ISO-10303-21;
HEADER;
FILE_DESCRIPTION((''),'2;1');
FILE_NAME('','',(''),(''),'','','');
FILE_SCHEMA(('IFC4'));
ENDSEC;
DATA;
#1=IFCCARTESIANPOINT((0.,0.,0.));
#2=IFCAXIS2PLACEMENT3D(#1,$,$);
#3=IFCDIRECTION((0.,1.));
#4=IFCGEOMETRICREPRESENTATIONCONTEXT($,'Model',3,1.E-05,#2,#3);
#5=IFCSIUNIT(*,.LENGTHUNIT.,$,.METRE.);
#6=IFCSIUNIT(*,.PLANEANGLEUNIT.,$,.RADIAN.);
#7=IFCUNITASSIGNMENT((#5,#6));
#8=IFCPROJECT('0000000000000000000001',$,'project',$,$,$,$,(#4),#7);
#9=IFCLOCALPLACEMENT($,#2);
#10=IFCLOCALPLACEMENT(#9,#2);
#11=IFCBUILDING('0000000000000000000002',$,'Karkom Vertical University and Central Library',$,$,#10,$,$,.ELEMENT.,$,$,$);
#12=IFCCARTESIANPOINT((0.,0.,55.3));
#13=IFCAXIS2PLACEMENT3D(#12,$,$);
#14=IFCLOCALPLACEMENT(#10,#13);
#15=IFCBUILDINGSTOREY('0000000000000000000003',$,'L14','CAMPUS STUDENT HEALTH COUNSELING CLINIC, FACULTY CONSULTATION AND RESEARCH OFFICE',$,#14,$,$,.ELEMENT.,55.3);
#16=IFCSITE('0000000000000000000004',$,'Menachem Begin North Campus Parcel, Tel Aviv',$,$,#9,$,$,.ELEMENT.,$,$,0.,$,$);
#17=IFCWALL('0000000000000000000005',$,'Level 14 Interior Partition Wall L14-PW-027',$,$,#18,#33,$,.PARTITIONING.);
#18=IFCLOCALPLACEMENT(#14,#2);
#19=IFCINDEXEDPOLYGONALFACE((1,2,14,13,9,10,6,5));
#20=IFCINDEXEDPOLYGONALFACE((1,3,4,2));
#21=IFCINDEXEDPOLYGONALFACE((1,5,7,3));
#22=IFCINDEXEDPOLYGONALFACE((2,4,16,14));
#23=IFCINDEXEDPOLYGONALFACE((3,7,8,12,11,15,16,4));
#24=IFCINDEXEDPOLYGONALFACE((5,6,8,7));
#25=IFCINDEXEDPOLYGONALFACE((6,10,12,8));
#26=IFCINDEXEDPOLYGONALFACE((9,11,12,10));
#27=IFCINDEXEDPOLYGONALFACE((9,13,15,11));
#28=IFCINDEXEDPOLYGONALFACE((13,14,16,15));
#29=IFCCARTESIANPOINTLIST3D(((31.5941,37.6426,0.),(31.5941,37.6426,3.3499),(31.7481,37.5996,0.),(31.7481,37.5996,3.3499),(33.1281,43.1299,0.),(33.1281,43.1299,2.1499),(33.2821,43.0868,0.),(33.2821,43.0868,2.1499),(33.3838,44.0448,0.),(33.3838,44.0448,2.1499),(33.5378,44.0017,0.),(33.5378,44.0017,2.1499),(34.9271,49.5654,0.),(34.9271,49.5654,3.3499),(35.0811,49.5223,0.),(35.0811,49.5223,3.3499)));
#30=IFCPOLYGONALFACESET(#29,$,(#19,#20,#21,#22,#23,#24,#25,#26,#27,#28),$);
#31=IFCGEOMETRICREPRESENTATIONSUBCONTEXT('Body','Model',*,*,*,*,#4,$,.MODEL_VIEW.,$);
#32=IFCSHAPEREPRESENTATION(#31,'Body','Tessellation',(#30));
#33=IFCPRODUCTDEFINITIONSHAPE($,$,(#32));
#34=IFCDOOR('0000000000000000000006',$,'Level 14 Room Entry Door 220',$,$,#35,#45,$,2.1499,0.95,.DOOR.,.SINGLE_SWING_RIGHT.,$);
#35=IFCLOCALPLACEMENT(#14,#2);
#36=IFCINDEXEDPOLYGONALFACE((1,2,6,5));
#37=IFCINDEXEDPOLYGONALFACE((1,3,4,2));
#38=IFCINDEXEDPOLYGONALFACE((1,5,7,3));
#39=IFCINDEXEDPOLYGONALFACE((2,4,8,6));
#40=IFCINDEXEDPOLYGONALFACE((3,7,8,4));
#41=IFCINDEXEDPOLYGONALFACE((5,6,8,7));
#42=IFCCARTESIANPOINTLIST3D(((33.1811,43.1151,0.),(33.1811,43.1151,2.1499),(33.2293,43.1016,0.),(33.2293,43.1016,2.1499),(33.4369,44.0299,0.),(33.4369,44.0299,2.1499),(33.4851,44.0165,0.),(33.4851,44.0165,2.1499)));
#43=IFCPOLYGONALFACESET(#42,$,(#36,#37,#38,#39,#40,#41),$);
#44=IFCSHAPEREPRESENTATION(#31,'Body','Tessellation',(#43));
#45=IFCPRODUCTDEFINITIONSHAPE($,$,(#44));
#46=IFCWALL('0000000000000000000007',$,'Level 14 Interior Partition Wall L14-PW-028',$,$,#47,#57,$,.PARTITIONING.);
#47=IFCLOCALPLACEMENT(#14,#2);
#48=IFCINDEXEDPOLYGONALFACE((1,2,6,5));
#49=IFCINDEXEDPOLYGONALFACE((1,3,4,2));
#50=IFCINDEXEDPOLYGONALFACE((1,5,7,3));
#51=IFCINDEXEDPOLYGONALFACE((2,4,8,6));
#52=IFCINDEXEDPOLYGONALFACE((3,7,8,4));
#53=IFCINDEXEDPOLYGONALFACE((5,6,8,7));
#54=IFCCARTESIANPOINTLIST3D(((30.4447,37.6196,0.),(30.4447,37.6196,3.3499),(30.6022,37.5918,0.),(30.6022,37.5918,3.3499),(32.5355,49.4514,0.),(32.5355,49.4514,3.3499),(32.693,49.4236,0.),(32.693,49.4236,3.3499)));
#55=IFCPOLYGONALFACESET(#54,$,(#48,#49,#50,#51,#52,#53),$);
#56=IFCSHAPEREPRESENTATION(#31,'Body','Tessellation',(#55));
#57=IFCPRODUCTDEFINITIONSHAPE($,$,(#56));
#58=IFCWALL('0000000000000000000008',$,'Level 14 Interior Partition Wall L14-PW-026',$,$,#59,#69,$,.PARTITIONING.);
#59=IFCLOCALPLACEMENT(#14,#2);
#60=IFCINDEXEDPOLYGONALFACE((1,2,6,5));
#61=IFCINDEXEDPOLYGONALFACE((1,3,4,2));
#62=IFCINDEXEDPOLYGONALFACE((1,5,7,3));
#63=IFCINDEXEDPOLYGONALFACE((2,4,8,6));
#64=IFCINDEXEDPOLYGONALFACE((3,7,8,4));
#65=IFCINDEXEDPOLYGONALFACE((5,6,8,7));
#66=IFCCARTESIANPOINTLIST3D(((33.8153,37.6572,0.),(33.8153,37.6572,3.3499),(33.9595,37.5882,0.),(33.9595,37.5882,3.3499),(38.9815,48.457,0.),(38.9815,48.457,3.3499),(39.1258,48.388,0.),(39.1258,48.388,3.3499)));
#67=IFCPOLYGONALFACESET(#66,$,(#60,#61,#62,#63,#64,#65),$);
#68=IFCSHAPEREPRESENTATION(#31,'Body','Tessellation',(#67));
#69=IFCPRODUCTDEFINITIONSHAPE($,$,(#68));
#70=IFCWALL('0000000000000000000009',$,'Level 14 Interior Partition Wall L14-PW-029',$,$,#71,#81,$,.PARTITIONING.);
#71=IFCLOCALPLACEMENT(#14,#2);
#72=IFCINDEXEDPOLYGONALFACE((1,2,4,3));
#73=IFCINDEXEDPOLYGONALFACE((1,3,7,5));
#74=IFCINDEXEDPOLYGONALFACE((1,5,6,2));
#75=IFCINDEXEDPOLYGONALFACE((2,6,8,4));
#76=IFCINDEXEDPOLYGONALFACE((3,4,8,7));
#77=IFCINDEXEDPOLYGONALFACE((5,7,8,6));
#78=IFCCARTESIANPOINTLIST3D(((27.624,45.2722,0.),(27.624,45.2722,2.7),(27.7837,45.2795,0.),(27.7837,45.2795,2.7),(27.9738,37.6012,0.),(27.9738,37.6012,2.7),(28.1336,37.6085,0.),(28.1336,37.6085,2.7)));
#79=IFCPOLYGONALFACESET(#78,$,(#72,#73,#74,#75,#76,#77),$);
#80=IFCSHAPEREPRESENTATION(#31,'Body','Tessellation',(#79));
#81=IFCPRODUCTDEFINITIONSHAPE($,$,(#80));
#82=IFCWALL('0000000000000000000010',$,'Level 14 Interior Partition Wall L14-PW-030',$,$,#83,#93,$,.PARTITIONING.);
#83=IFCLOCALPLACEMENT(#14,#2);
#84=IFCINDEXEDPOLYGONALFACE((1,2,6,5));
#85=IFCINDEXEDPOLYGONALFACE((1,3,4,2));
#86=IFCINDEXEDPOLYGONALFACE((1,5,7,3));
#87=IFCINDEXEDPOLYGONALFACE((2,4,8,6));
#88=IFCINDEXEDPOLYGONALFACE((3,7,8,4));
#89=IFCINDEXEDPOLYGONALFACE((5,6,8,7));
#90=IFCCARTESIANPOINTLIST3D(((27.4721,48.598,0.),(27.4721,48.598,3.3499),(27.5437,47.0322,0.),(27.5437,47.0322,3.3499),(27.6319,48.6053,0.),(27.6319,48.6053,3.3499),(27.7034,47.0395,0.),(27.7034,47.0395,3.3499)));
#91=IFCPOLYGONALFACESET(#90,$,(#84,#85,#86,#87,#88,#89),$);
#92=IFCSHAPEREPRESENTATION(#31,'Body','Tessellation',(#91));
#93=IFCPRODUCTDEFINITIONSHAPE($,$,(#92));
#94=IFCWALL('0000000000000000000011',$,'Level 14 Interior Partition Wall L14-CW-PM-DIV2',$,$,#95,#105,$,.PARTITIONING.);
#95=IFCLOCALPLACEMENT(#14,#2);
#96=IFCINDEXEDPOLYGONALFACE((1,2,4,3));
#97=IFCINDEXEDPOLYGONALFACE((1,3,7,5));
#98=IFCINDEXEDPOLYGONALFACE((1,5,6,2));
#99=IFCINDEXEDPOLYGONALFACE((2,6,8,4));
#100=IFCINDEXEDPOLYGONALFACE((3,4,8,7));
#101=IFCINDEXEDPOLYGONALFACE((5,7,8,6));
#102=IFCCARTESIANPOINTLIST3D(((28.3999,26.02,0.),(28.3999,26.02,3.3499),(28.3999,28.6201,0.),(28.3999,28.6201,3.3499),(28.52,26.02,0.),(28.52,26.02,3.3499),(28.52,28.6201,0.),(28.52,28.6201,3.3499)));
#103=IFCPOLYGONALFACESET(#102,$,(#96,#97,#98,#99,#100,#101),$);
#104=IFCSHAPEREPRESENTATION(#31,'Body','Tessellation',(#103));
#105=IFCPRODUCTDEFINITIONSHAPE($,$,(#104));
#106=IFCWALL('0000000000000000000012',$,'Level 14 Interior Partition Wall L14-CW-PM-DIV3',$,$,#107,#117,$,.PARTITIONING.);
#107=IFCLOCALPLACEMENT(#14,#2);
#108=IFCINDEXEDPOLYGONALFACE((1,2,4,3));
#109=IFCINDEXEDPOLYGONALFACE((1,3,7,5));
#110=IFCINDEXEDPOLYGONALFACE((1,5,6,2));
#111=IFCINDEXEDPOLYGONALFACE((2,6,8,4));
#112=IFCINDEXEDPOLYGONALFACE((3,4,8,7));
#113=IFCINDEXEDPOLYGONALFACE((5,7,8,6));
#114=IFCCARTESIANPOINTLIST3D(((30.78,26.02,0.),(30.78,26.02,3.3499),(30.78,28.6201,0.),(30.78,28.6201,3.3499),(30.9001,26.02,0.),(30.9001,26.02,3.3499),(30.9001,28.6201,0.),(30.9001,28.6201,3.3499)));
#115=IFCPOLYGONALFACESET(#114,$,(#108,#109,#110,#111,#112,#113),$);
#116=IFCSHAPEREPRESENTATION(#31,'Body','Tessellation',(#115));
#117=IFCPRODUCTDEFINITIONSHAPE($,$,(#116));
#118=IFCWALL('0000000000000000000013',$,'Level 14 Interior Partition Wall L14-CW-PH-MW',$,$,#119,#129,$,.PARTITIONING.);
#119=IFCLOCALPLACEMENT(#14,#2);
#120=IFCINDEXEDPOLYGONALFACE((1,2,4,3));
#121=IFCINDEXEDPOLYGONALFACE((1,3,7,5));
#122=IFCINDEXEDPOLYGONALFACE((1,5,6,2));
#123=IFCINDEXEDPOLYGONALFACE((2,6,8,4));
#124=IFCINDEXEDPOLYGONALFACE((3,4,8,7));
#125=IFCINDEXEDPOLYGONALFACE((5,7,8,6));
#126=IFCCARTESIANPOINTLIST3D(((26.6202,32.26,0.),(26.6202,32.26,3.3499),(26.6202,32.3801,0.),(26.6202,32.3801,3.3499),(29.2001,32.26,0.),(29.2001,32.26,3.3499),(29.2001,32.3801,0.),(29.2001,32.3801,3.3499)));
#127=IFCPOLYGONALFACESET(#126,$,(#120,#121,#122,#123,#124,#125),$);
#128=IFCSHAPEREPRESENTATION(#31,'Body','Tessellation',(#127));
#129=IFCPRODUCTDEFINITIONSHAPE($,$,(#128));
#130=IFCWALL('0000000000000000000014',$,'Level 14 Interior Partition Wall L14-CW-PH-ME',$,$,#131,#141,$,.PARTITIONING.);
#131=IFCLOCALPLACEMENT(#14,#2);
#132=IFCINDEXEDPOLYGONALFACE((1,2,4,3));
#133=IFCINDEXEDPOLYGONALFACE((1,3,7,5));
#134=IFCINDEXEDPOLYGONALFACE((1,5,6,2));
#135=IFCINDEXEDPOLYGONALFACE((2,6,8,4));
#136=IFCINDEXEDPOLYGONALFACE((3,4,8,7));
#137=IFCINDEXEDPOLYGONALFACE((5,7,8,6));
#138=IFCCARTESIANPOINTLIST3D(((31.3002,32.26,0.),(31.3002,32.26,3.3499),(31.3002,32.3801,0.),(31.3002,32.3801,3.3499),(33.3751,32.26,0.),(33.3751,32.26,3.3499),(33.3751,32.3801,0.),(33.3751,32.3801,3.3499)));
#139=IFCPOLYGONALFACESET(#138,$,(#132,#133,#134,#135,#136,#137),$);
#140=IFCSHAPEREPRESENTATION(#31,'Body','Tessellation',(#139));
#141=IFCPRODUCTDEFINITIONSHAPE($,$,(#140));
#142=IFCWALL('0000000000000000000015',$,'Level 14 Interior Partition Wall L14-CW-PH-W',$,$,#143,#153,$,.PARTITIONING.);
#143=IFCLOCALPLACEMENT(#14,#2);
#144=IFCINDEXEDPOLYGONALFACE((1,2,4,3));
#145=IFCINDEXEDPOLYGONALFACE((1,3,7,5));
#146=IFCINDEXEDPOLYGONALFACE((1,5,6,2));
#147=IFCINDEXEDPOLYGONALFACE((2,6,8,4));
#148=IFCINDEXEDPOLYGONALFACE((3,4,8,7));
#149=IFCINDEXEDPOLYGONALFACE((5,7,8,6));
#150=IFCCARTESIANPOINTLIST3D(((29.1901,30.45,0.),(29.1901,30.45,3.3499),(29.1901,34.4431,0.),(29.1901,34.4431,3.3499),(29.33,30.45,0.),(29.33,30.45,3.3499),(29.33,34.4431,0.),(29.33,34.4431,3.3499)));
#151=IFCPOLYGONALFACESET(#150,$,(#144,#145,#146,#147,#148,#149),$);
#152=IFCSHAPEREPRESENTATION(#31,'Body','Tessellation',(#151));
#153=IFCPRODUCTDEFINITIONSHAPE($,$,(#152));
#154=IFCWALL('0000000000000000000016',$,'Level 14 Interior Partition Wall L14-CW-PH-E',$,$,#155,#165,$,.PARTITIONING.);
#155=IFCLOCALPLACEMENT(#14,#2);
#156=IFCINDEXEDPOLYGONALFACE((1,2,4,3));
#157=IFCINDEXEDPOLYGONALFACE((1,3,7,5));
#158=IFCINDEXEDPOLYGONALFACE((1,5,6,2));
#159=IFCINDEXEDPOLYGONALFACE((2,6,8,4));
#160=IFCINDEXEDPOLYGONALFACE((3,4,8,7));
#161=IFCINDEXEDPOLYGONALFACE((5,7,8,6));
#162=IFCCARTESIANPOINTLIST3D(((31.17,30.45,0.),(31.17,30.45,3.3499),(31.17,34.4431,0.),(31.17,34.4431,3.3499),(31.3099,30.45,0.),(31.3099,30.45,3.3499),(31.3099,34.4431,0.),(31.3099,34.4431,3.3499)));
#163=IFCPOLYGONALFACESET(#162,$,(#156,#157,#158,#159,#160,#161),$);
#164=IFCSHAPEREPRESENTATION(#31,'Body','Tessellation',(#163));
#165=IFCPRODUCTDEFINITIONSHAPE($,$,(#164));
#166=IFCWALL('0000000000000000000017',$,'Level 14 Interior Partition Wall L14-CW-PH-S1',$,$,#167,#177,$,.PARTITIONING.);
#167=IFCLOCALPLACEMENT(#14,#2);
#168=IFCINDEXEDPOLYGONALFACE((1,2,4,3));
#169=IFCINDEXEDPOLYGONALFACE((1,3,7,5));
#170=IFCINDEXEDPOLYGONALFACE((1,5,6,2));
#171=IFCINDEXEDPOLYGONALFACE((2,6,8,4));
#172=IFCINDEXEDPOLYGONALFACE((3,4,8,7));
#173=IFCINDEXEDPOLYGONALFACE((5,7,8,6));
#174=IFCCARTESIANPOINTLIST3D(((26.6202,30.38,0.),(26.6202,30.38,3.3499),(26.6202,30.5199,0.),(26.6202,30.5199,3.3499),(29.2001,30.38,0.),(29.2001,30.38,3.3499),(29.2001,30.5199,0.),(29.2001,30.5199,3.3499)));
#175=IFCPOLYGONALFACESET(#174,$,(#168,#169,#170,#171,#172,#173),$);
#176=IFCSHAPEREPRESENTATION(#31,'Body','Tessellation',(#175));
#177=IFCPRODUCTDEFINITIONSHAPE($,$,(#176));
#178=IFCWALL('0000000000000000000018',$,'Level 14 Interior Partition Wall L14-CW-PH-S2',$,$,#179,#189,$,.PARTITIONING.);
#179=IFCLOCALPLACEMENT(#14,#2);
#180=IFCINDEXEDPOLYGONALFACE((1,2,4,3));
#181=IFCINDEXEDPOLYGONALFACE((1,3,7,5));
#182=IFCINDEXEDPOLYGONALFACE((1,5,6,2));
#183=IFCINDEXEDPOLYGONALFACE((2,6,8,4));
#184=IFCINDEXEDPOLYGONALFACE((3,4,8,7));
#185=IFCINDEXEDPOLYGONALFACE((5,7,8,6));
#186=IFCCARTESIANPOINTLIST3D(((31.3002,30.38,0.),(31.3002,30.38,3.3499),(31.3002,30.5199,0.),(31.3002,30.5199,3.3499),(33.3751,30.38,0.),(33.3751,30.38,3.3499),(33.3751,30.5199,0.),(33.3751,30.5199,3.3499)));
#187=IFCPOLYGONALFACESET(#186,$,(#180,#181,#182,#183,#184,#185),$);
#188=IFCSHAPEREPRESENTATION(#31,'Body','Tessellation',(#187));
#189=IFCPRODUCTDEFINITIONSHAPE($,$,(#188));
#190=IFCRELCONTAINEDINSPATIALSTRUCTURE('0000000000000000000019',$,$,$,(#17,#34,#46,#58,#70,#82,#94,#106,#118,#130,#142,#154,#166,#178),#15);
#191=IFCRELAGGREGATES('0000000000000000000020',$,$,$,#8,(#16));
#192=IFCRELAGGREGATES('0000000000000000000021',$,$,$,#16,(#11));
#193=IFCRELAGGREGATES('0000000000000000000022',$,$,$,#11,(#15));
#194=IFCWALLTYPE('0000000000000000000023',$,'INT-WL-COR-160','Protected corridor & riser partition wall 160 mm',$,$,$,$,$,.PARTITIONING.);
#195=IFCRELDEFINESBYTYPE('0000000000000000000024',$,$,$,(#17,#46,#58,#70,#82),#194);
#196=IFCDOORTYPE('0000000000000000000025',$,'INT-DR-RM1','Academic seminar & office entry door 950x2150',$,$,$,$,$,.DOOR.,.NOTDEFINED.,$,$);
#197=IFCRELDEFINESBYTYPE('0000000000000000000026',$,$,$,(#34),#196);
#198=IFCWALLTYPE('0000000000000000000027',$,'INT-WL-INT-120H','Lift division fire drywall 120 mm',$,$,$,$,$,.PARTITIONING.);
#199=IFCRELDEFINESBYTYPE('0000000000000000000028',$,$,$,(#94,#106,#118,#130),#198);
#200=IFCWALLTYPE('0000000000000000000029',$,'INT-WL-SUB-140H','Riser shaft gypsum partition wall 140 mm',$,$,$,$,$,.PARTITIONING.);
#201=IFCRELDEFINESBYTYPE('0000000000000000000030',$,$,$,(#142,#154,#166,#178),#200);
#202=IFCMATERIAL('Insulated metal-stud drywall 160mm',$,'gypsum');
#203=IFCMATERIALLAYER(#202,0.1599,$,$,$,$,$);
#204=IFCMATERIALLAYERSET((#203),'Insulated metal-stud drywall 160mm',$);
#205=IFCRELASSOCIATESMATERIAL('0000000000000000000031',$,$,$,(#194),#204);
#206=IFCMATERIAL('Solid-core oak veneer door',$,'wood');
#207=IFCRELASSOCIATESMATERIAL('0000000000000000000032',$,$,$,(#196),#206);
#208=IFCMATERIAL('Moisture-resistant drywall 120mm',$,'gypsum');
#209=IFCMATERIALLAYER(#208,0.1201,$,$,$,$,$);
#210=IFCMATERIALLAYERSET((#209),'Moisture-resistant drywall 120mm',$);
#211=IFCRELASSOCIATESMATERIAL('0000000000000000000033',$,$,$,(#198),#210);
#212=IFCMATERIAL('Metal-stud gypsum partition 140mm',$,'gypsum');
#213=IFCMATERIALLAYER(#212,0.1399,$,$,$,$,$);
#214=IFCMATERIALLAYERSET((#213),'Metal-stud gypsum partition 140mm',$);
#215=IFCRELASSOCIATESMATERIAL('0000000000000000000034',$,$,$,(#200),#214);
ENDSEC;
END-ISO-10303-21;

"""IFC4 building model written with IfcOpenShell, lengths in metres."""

from ifc_helpers import new_model, si_unit, direction, frame, frame_2d, origin, origin_with_axes, place, context, subcontext, project, spatial, rectangle, extrude, source, transform, mapped, material, layer, layer_set, type_object, element, fill, save


model = new_model("IFC4")

# Units and contexts
model_context = context("Model", 3, precision=1e-05, world=origin(), true_north=direction((0.0, 1.0)))
body_context = subcontext(model_context, "Body", "Model", "MODEL_VIEW")
ifc_project = project(units=[si_unit("LENGTHUNIT", "METRE"), si_unit("PLANEANGLEUNIT", "RADIAN")], contexts=[model_context])

# Site, building, storey
site_placement = place(None, origin())
site = spatial("IfcSite", under=ifc_project, at=site_placement, Name="Menachem Begin North Campus Parcel, Tel Aviv", CompositionType="ELEMENT", RefElevation=0.0)
building_placement = place(site_placement, origin())
building = spatial("IfcBuilding", under=site, at=building_placement, Name="Karkom Vertical University and Central Library", CompositionType="ELEMENT")
storey_placement = place(building_placement, frame((0.0, 0.0, 55.3)))
storey = spatial("IfcBuildingStorey", under=building, at=storey_placement, Name="L14", Description="CAMPUS STUDENT HEALTH COUNSELING CLINIC, FACULTY CONSULTATION AND RESEARCH OFFICE", CompositionType="ELEMENT", Elevation=55.3)

# Wall, opening, door
ifc_material_1 = material(Name="Insulated metal-stud drywall 160mm", Category="gypsum")
ifc_layer_1 = layer(ifc_material_1, 0.1599)
ifc_layer_set_1 = layer_set([ifc_layer_1], Name="Insulated metal-stud drywall 160mm")
wall_type_1 = type_object("IfcWallType", Name="INT-WL-COR-160", Description="Protected corridor & riser partition wall 160 mm", PredefinedType="PARTITIONING", material=ifc_layer_set_1)
wall_1_placement = place(storey_placement, frame((31.6711, 37.6211, 0.0), z_axis=(0.0, 0.0, 1.0), x_axis=(0.269226, 0.963077, 0.0)))
wall_1 = element("IfcWall", 1, at=wall_1_placement, inside=storey, type_object=wall_type_1, Name="Level 14 Interior Partition Wall L14-PW-027", PredefinedType="PARTITIONING", context=body_context, shape_type="SweptSolid", body=[
    extrude(rectangle(XDim=12.3799, YDim=0.1599, at=frame_2d((6.1899, 0.0))), origin(), (0.0, 0.0, 1.0), 3.3499),
])
opening_1_placement = place(wall_1_placement, frame((5.6975, 0.0, 0.0)))
opening_1 = element("IfcOpeningElement", 2, at=opening_1_placement, cuts=wall_1, PredefinedType="OPENING", context=body_context, shape_type="SweptSolid", body=[
    extrude(rectangle(XDim=0.95, YDim=2.1499, at=frame_2d((0.4751, 1.075))), frame((0.0, 0.0898, 0.0), z_axis=(0.0, -1.0, 0.0), x_axis=(1.0, 0.0, 0.0)), (0.0, 0.0, 1.0), 0.1799),
])
ifc_material_2 = material(Name="Solid-core oak veneer door", Category="wood")
door_type_1 = type_object("IfcDoorType", Name="INT-DR-RM1", Description="Academic seminar & office entry door 950x2150", OperationType="NOTDEFINED", PredefinedType="DOOR", material=ifc_material_2)
shared_shape_1 = source(origin_with_axes(), body_context, "Body", "SweptSolid", [
    extrude(rectangle(XDim=0.95, YDim=2.1499, at=frame_2d((0.4751, 1.075))), frame((0.0, 0.0249, 0.0), z_axis=(0.0, -1.0, 0.0), x_axis=(1.0, 0.0, 0.0)), (0.0, 0.0, 1.0), 0.05),
])
door_1_placement = place(opening_1_placement, origin())
door_1 = element("IfcDoor", 3, at=door_1_placement, inside=storey, type_object=door_type_1, Name="Level 14 Room Entry Door 220", OperationType="SINGLE_SWING_RIGHT", OverallHeight=2.1499, OverallWidth=0.95, PredefinedType="DOOR", context=body_context, shape_type="MappedRepresentation", body=[
    mapped(shared_shape_1, transform((0.0, 0.0, 0.0), scale=1.0)),
])
fill(opening_1, door_1)

# Walls
wall_2_placement = place(storey_placement, frame((30.5234, 37.6057, 0.0), z_axis=(0.0, 0.0, 1.0), x_axis=(0.174016, 0.984743, 0.0)))
element("IfcWall", 4, at=wall_2_placement, inside=storey, type_object=wall_type_1, Name="Level 14 Interior Partition Wall L14-PW-028", PredefinedType="PARTITIONING", context=body_context, shape_type="SweptSolid", body=[
    extrude(rectangle(XDim=12.0151, YDim=0.1599, at=frame_2d((6.0076, 0.0))), origin(), (0.0, 0.0, 1.0), 3.3499),
])
wall_3_placement = place(storey_placement, frame((33.8875, 37.6228, 0.0), z_axis=(0.0, 0.0, 1.0), x_axis=(0.431533, 0.902097, 0.0)))
element("IfcWall", 5, at=wall_3_placement, inside=storey, type_object=wall_type_1, Name="Level 14 Interior Partition Wall L14-PW-026", PredefinedType="PARTITIONING", context=body_context, shape_type="SweptSolid", body=[
    extrude(rectangle(XDim=11.9719, YDim=0.1599, at=frame_2d((5.9858, 0.0))), origin(), (0.0, 0.0, 1.0), 3.3499),
])
wall_4_placement = place(storey_placement, frame((28.0537, 37.605, 0.0), z_axis=(0.0, 0.0, 1.0), x_axis=(-0.045561, 0.998962, 0.0)))
element("IfcWall", 6, at=wall_4_placement, inside=storey, type_object=wall_type_1, Name="Level 14 Interior Partition Wall L14-PW-029", PredefinedType="PARTITIONING", context=body_context, shape_type="SweptSolid", body=[
    extrude(rectangle(XDim=7.679, YDim=0.1599, at=frame_2d((3.8394, 0.0))), origin(), (0.0, 0.0, 1.0), 2.7),
])
wall_5_placement = place(storey_placement, frame((27.6235, 47.0359, 0.0), z_axis=(0.0, 0.0, 1.0), x_axis=(-0.045641, 0.998958, 0.0)))
element("IfcWall", 7, at=wall_5_placement, inside=storey, type_object=wall_type_1, Name="Level 14 Interior Partition Wall L14-PW-030", PredefinedType="PARTITIONING", context=body_context, shape_type="SweptSolid", body=[
    extrude(rectangle(XDim=1.5674, YDim=0.1599, at=frame_2d((0.7837, 0.0))), origin(), (0.0, 0.0, 1.0), 3.3499),
])
ifc_material_3 = material(Name="Moisture-resistant drywall 120mm", Category="gypsum")
ifc_layer_2 = layer(ifc_material_3, 0.1201)
ifc_layer_set_2 = layer_set([ifc_layer_2], Name="Moisture-resistant drywall 120mm")
wall_type_2 = type_object("IfcWallType", Name="INT-WL-INT-120H", Description="Lift division fire drywall 120 mm", PredefinedType="PARTITIONING", material=ifc_layer_set_2)
for number, where, z_axis, x_axis, name in (
    (8, (28.46, 26.02, 0.0), (0.0, 0.0, 1.0), (0.0, 1.0, 0.0), "Level 14 Interior Partition Wall L14-CW-PM-DIV2"),
    (9, (30.8401, 26.02, 0.0), (0.0, 0.0, 1.0), (0.0, 1.0, 0.0), "Level 14 Interior Partition Wall L14-CW-PM-DIV3"),
):
    element("IfcWall", number, at=place(storey_placement, frame(where, z_axis=z_axis, x_axis=x_axis)), inside=storey, type_object=wall_type_2, Name=name, PredefinedType="PARTITIONING", context=body_context, shape_type="SweptSolid", body=[
        extrude(rectangle(XDim=2.6001, YDim=0.1201, at=frame_2d((1.3, 0.0))), origin(), (0.0, 0.0, 1.0), 3.3499),
    ])
wall_6_placement = place(storey_placement, frame((26.6201, 32.3201, 0.0), z_axis=(0.0, 0.0, 1.0), x_axis=(1.0, 0.0, 0.0)))
element("IfcWall", 10, at=wall_6_placement, inside=storey, type_object=wall_type_2, Name="Level 14 Interior Partition Wall L14-CW-PH-MW", PredefinedType="PARTITIONING", context=body_context, shape_type="SweptSolid", body=[
    extrude(rectangle(XDim=2.5798, YDim=0.1201, at=frame_2d((1.29, 0.0))), origin(), (0.0, 0.0, 1.0), 3.3499),
])
wall_7_placement = place(storey_placement, frame((31.3, 32.3201, 0.0), z_axis=(0.0, 0.0, 1.0), x_axis=(1.0, 0.0, 0.0)))
element("IfcWall", 11, at=wall_7_placement, inside=storey, type_object=wall_type_2, Name="Level 14 Interior Partition Wall L14-CW-PH-ME", PredefinedType="PARTITIONING", context=body_context, shape_type="SweptSolid", body=[
    extrude(rectangle(XDim=2.075, YDim=0.1201, at=frame_2d((1.0376, 0.0))), origin(), (0.0, 0.0, 1.0), 3.3499),
])
ifc_material_4 = material(Name="Metal-stud gypsum partition 140mm", Category="gypsum")
ifc_layer_3 = layer(ifc_material_4, 0.1399)
ifc_layer_set_3 = layer_set([ifc_layer_3], Name="Metal-stud gypsum partition 140mm")
wall_type_3 = type_object("IfcWallType", Name="INT-WL-SUB-140H", Description="Riser shaft gypsum partition wall 140 mm", PredefinedType="PARTITIONING", material=ifc_layer_set_3)
for number, where, z_axis, x_axis, name in (
    (12, (29.26, 30.45, 0.0), (0.0, 0.0, 1.0), (0.0, 1.0, 0.0), "Level 14 Interior Partition Wall L14-CW-PH-W"),
    (13, (31.24, 30.45, 0.0), (0.0, 0.0, 1.0), (0.0, 1.0, 0.0), "Level 14 Interior Partition Wall L14-CW-PH-E"),
):
    element("IfcWall", number, at=place(storey_placement, frame(where, z_axis=z_axis, x_axis=x_axis)), inside=storey, type_object=wall_type_3, Name=name, PredefinedType="PARTITIONING", context=body_context, shape_type="SweptSolid", body=[
        extrude(rectangle(XDim=3.9932, YDim=0.1399, at=frame_2d((1.9966, 0.0))), origin(), (0.0, 0.0, 1.0), 3.3499),
    ])
wall_8_placement = place(storey_placement, frame((26.6201, 30.45, 0.0), z_axis=(0.0, 0.0, 1.0), x_axis=(1.0, 0.0, 0.0)))
element("IfcWall", 14, at=wall_8_placement, inside=storey, type_object=wall_type_3, Name="Level 14 Interior Partition Wall L14-CW-PH-S1", PredefinedType="PARTITIONING", context=body_context, shape_type="SweptSolid", body=[
    extrude(rectangle(XDim=2.5798, YDim=0.1399, at=frame_2d((1.29, 0.0))), origin(), (0.0, 0.0, 1.0), 3.3499),
])
wall_9_placement = place(storey_placement, frame((31.3, 30.45, 0.0), z_axis=(0.0, 0.0, 1.0), x_axis=(1.0, 0.0, 0.0)))
element("IfcWall", 15, at=wall_9_placement, inside=storey, type_object=wall_type_3, Name="Level 14 Interior Partition Wall L14-CW-PH-S2", PredefinedType="PARTITIONING", context=body_context, shape_type="SweptSolid", body=[
    extrude(rectangle(XDim=2.075, YDim=0.1399, at=frame_2d((1.0376, 0.0))), origin(), (0.0, 0.0, 1.0), 3.3499),
])

save(model, "model.ifc")
